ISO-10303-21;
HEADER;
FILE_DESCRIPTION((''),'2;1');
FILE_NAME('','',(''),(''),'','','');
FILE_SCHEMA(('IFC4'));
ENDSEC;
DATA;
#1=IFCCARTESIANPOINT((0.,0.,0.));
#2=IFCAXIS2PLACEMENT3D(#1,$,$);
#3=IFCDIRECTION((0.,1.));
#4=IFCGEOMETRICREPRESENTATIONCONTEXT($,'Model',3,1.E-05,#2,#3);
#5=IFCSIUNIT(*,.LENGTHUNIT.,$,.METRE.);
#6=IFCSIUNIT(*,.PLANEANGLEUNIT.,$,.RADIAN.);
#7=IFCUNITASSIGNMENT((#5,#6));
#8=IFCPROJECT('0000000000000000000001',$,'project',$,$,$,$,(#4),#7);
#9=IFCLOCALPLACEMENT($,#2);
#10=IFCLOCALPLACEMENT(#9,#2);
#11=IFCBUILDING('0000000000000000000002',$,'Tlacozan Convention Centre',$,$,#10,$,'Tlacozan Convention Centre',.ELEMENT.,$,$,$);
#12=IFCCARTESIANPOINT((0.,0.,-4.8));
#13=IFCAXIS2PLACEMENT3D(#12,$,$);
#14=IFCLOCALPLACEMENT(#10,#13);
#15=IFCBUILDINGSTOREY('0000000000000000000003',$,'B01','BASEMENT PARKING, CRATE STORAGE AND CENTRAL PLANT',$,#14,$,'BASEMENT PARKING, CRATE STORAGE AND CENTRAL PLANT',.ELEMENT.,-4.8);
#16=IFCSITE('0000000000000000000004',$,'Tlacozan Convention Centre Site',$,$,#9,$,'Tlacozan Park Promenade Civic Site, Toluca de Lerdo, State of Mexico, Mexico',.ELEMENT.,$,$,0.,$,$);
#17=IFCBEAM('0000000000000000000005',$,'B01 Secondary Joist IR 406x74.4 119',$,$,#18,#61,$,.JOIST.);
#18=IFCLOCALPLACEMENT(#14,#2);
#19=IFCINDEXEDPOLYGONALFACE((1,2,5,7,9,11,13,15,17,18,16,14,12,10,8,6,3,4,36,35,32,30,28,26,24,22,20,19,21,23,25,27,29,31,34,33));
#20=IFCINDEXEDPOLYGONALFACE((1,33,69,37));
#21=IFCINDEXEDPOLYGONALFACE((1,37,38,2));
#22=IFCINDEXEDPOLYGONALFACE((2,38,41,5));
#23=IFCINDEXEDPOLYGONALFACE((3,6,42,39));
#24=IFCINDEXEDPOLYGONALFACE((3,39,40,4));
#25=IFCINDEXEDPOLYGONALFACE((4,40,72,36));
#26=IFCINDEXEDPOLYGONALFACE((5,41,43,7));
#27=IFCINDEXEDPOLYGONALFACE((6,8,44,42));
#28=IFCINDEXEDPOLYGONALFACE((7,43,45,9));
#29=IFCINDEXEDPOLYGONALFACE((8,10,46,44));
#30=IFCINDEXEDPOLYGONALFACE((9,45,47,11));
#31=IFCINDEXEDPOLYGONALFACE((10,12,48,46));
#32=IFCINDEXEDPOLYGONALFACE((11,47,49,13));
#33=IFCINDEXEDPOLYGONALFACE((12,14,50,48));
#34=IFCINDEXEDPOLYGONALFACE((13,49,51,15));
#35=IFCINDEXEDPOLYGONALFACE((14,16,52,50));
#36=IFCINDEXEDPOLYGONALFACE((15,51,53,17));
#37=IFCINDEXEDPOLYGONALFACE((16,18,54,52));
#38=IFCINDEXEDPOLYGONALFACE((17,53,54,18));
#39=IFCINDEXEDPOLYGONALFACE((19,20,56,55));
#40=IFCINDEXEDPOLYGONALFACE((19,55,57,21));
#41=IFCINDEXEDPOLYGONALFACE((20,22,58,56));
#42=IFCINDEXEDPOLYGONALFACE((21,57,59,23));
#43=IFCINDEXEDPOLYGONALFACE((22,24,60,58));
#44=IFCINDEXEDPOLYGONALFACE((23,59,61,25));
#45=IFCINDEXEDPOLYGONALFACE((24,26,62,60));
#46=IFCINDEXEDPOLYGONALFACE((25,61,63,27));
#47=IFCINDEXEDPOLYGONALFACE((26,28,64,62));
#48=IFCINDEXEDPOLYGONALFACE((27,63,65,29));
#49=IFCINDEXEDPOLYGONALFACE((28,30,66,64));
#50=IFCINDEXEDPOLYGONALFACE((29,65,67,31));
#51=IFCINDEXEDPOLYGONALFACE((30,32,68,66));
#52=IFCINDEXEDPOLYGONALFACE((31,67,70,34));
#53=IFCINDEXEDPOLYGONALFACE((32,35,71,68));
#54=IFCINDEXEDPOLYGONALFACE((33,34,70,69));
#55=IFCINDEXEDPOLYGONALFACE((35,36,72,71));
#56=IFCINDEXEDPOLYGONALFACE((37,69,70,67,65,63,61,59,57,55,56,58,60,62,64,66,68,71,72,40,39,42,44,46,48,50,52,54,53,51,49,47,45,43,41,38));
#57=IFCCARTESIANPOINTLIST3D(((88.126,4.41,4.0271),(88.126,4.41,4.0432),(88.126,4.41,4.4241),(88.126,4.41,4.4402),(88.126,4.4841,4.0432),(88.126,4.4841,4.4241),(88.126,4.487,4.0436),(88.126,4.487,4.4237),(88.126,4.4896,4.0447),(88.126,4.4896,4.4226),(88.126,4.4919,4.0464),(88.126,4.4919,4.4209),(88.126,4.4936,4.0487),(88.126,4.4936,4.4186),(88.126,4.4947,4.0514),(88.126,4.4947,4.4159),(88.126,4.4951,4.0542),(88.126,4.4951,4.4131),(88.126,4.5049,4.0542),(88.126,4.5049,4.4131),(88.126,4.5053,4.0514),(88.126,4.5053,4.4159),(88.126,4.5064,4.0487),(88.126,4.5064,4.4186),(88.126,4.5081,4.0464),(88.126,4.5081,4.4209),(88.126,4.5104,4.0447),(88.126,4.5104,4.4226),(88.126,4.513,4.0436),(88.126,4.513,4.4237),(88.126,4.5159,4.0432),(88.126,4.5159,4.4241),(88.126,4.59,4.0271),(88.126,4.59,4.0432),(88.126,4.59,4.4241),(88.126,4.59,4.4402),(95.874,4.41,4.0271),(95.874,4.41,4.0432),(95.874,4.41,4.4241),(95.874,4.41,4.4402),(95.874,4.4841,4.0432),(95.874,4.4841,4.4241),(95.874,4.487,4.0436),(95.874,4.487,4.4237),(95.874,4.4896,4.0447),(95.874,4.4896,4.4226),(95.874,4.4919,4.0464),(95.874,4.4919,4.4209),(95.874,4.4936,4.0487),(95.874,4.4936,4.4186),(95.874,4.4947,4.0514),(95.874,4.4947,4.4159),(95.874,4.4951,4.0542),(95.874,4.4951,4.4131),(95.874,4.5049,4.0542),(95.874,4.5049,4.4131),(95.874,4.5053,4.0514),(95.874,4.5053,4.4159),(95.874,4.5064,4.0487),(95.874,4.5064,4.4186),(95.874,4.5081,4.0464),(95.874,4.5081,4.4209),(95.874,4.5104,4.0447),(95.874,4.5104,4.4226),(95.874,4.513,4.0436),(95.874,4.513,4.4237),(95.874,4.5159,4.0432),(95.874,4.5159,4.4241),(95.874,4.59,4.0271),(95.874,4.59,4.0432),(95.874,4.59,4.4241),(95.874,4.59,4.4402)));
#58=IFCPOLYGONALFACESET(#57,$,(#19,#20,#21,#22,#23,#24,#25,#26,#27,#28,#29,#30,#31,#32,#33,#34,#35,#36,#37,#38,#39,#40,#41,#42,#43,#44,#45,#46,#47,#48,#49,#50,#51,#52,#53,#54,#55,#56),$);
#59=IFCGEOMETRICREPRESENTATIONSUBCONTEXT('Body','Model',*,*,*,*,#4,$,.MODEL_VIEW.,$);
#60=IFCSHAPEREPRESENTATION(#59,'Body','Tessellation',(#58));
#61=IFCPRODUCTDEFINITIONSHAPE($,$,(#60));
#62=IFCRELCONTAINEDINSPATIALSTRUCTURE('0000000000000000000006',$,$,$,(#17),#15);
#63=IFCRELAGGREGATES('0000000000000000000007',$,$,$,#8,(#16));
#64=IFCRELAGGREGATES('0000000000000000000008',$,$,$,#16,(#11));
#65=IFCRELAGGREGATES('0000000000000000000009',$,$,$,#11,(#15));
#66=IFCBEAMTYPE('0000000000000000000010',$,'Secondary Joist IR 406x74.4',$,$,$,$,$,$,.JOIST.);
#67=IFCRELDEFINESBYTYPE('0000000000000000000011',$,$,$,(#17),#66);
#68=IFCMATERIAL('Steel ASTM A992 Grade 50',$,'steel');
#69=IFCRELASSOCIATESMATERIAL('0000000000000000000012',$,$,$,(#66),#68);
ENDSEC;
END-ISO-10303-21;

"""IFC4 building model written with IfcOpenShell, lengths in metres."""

from ifc_helpers import new_model, si_unit, direction, frame, origin, origin_2d, place, context, subcontext, project, spatial, i_section, extrude, material, material_profile, profile_set, type_object, element, save


model = new_model("IFC4")

# Units and contexts
model_context = context("Model", 3, precision=1e-05, world=origin(), true_north=direction((0.0, 1.0)))
body_context = subcontext(model_context, "Body", "Model", "MODEL_VIEW")
ifc_project = project(units=[si_unit("LENGTHUNIT", "METRE"), si_unit("PLANEANGLEUNIT", "RADIAN")], contexts=[model_context])

# Site, building, storey
site_placement = place(None, origin())
site = spatial("IfcSite", under=ifc_project, at=site_placement, Name="Tlacozan Convention Centre Site", LongName="Tlacozan Park Promenade Civic Site, Toluca de Lerdo, State of Mexico, Mexico", CompositionType="ELEMENT", RefElevation=0.0)
building_placement = place(site_placement, origin())
building = spatial("IfcBuilding", under=site, at=building_placement, Name="Tlacozan Convention Centre", LongName="Tlacozan Convention Centre", CompositionType="ELEMENT")
storey_placement = place(building_placement, frame((0.0, 0.0, -4.8)))
storey = spatial("IfcBuildingStorey", under=building, at=storey_placement, Name="B01", Description="BASEMENT PARKING, CRATE STORAGE AND CENTRAL PLANT", LongName="BASEMENT PARKING, CRATE STORAGE AND CENTRAL PLANT", CompositionType="ELEMENT", Elevation=-4.8)

# Beam
ifc_material_1 = material(Name="Steel ASTM A992 Grade 50", Category="steel")
ifc_material_profile_1 = material_profile(ifc_material_1, i_section(OverallWidth=0.1799, OverallDepth=0.4131, WebThickness=0.0098, FlangeThickness=0.0161, FilletRadius=0.011, at=origin_2d()), Name="IR 406x74.4")
ifc_profile_set_1 = profile_set([ifc_material_profile_1], Name="Steel ASTM A992 Grade 50")
beam_type_1 = type_object("IfcBeamType", Name="Secondary Joist IR 406x74.4", PredefinedType="JOIST", material=ifc_profile_set_1)
beam_placement = place(storey_placement, frame((88.126, 4.5, 4.2336), z_axis=(1.0, 0.0, 0.0), x_axis=(0.0, 1.0, 0.0)))
element("IfcBeam", 1, at=beam_placement, inside=storey, type_object=beam_type_1, Name="B01 Secondary Joist IR 406x74.4 119", PredefinedType="JOIST", context=body_context, shape_type="SweptSolid", body=[
    extrude(i_section(OverallWidth=0.1799, OverallDepth=0.4131, WebThickness=0.0098, FlangeThickness=0.0161, FilletRadius=0.011, at=origin_2d()), origin(), (0.0, 0.0, 1.0), 7.748),
])

save(model, "model.ifc")
